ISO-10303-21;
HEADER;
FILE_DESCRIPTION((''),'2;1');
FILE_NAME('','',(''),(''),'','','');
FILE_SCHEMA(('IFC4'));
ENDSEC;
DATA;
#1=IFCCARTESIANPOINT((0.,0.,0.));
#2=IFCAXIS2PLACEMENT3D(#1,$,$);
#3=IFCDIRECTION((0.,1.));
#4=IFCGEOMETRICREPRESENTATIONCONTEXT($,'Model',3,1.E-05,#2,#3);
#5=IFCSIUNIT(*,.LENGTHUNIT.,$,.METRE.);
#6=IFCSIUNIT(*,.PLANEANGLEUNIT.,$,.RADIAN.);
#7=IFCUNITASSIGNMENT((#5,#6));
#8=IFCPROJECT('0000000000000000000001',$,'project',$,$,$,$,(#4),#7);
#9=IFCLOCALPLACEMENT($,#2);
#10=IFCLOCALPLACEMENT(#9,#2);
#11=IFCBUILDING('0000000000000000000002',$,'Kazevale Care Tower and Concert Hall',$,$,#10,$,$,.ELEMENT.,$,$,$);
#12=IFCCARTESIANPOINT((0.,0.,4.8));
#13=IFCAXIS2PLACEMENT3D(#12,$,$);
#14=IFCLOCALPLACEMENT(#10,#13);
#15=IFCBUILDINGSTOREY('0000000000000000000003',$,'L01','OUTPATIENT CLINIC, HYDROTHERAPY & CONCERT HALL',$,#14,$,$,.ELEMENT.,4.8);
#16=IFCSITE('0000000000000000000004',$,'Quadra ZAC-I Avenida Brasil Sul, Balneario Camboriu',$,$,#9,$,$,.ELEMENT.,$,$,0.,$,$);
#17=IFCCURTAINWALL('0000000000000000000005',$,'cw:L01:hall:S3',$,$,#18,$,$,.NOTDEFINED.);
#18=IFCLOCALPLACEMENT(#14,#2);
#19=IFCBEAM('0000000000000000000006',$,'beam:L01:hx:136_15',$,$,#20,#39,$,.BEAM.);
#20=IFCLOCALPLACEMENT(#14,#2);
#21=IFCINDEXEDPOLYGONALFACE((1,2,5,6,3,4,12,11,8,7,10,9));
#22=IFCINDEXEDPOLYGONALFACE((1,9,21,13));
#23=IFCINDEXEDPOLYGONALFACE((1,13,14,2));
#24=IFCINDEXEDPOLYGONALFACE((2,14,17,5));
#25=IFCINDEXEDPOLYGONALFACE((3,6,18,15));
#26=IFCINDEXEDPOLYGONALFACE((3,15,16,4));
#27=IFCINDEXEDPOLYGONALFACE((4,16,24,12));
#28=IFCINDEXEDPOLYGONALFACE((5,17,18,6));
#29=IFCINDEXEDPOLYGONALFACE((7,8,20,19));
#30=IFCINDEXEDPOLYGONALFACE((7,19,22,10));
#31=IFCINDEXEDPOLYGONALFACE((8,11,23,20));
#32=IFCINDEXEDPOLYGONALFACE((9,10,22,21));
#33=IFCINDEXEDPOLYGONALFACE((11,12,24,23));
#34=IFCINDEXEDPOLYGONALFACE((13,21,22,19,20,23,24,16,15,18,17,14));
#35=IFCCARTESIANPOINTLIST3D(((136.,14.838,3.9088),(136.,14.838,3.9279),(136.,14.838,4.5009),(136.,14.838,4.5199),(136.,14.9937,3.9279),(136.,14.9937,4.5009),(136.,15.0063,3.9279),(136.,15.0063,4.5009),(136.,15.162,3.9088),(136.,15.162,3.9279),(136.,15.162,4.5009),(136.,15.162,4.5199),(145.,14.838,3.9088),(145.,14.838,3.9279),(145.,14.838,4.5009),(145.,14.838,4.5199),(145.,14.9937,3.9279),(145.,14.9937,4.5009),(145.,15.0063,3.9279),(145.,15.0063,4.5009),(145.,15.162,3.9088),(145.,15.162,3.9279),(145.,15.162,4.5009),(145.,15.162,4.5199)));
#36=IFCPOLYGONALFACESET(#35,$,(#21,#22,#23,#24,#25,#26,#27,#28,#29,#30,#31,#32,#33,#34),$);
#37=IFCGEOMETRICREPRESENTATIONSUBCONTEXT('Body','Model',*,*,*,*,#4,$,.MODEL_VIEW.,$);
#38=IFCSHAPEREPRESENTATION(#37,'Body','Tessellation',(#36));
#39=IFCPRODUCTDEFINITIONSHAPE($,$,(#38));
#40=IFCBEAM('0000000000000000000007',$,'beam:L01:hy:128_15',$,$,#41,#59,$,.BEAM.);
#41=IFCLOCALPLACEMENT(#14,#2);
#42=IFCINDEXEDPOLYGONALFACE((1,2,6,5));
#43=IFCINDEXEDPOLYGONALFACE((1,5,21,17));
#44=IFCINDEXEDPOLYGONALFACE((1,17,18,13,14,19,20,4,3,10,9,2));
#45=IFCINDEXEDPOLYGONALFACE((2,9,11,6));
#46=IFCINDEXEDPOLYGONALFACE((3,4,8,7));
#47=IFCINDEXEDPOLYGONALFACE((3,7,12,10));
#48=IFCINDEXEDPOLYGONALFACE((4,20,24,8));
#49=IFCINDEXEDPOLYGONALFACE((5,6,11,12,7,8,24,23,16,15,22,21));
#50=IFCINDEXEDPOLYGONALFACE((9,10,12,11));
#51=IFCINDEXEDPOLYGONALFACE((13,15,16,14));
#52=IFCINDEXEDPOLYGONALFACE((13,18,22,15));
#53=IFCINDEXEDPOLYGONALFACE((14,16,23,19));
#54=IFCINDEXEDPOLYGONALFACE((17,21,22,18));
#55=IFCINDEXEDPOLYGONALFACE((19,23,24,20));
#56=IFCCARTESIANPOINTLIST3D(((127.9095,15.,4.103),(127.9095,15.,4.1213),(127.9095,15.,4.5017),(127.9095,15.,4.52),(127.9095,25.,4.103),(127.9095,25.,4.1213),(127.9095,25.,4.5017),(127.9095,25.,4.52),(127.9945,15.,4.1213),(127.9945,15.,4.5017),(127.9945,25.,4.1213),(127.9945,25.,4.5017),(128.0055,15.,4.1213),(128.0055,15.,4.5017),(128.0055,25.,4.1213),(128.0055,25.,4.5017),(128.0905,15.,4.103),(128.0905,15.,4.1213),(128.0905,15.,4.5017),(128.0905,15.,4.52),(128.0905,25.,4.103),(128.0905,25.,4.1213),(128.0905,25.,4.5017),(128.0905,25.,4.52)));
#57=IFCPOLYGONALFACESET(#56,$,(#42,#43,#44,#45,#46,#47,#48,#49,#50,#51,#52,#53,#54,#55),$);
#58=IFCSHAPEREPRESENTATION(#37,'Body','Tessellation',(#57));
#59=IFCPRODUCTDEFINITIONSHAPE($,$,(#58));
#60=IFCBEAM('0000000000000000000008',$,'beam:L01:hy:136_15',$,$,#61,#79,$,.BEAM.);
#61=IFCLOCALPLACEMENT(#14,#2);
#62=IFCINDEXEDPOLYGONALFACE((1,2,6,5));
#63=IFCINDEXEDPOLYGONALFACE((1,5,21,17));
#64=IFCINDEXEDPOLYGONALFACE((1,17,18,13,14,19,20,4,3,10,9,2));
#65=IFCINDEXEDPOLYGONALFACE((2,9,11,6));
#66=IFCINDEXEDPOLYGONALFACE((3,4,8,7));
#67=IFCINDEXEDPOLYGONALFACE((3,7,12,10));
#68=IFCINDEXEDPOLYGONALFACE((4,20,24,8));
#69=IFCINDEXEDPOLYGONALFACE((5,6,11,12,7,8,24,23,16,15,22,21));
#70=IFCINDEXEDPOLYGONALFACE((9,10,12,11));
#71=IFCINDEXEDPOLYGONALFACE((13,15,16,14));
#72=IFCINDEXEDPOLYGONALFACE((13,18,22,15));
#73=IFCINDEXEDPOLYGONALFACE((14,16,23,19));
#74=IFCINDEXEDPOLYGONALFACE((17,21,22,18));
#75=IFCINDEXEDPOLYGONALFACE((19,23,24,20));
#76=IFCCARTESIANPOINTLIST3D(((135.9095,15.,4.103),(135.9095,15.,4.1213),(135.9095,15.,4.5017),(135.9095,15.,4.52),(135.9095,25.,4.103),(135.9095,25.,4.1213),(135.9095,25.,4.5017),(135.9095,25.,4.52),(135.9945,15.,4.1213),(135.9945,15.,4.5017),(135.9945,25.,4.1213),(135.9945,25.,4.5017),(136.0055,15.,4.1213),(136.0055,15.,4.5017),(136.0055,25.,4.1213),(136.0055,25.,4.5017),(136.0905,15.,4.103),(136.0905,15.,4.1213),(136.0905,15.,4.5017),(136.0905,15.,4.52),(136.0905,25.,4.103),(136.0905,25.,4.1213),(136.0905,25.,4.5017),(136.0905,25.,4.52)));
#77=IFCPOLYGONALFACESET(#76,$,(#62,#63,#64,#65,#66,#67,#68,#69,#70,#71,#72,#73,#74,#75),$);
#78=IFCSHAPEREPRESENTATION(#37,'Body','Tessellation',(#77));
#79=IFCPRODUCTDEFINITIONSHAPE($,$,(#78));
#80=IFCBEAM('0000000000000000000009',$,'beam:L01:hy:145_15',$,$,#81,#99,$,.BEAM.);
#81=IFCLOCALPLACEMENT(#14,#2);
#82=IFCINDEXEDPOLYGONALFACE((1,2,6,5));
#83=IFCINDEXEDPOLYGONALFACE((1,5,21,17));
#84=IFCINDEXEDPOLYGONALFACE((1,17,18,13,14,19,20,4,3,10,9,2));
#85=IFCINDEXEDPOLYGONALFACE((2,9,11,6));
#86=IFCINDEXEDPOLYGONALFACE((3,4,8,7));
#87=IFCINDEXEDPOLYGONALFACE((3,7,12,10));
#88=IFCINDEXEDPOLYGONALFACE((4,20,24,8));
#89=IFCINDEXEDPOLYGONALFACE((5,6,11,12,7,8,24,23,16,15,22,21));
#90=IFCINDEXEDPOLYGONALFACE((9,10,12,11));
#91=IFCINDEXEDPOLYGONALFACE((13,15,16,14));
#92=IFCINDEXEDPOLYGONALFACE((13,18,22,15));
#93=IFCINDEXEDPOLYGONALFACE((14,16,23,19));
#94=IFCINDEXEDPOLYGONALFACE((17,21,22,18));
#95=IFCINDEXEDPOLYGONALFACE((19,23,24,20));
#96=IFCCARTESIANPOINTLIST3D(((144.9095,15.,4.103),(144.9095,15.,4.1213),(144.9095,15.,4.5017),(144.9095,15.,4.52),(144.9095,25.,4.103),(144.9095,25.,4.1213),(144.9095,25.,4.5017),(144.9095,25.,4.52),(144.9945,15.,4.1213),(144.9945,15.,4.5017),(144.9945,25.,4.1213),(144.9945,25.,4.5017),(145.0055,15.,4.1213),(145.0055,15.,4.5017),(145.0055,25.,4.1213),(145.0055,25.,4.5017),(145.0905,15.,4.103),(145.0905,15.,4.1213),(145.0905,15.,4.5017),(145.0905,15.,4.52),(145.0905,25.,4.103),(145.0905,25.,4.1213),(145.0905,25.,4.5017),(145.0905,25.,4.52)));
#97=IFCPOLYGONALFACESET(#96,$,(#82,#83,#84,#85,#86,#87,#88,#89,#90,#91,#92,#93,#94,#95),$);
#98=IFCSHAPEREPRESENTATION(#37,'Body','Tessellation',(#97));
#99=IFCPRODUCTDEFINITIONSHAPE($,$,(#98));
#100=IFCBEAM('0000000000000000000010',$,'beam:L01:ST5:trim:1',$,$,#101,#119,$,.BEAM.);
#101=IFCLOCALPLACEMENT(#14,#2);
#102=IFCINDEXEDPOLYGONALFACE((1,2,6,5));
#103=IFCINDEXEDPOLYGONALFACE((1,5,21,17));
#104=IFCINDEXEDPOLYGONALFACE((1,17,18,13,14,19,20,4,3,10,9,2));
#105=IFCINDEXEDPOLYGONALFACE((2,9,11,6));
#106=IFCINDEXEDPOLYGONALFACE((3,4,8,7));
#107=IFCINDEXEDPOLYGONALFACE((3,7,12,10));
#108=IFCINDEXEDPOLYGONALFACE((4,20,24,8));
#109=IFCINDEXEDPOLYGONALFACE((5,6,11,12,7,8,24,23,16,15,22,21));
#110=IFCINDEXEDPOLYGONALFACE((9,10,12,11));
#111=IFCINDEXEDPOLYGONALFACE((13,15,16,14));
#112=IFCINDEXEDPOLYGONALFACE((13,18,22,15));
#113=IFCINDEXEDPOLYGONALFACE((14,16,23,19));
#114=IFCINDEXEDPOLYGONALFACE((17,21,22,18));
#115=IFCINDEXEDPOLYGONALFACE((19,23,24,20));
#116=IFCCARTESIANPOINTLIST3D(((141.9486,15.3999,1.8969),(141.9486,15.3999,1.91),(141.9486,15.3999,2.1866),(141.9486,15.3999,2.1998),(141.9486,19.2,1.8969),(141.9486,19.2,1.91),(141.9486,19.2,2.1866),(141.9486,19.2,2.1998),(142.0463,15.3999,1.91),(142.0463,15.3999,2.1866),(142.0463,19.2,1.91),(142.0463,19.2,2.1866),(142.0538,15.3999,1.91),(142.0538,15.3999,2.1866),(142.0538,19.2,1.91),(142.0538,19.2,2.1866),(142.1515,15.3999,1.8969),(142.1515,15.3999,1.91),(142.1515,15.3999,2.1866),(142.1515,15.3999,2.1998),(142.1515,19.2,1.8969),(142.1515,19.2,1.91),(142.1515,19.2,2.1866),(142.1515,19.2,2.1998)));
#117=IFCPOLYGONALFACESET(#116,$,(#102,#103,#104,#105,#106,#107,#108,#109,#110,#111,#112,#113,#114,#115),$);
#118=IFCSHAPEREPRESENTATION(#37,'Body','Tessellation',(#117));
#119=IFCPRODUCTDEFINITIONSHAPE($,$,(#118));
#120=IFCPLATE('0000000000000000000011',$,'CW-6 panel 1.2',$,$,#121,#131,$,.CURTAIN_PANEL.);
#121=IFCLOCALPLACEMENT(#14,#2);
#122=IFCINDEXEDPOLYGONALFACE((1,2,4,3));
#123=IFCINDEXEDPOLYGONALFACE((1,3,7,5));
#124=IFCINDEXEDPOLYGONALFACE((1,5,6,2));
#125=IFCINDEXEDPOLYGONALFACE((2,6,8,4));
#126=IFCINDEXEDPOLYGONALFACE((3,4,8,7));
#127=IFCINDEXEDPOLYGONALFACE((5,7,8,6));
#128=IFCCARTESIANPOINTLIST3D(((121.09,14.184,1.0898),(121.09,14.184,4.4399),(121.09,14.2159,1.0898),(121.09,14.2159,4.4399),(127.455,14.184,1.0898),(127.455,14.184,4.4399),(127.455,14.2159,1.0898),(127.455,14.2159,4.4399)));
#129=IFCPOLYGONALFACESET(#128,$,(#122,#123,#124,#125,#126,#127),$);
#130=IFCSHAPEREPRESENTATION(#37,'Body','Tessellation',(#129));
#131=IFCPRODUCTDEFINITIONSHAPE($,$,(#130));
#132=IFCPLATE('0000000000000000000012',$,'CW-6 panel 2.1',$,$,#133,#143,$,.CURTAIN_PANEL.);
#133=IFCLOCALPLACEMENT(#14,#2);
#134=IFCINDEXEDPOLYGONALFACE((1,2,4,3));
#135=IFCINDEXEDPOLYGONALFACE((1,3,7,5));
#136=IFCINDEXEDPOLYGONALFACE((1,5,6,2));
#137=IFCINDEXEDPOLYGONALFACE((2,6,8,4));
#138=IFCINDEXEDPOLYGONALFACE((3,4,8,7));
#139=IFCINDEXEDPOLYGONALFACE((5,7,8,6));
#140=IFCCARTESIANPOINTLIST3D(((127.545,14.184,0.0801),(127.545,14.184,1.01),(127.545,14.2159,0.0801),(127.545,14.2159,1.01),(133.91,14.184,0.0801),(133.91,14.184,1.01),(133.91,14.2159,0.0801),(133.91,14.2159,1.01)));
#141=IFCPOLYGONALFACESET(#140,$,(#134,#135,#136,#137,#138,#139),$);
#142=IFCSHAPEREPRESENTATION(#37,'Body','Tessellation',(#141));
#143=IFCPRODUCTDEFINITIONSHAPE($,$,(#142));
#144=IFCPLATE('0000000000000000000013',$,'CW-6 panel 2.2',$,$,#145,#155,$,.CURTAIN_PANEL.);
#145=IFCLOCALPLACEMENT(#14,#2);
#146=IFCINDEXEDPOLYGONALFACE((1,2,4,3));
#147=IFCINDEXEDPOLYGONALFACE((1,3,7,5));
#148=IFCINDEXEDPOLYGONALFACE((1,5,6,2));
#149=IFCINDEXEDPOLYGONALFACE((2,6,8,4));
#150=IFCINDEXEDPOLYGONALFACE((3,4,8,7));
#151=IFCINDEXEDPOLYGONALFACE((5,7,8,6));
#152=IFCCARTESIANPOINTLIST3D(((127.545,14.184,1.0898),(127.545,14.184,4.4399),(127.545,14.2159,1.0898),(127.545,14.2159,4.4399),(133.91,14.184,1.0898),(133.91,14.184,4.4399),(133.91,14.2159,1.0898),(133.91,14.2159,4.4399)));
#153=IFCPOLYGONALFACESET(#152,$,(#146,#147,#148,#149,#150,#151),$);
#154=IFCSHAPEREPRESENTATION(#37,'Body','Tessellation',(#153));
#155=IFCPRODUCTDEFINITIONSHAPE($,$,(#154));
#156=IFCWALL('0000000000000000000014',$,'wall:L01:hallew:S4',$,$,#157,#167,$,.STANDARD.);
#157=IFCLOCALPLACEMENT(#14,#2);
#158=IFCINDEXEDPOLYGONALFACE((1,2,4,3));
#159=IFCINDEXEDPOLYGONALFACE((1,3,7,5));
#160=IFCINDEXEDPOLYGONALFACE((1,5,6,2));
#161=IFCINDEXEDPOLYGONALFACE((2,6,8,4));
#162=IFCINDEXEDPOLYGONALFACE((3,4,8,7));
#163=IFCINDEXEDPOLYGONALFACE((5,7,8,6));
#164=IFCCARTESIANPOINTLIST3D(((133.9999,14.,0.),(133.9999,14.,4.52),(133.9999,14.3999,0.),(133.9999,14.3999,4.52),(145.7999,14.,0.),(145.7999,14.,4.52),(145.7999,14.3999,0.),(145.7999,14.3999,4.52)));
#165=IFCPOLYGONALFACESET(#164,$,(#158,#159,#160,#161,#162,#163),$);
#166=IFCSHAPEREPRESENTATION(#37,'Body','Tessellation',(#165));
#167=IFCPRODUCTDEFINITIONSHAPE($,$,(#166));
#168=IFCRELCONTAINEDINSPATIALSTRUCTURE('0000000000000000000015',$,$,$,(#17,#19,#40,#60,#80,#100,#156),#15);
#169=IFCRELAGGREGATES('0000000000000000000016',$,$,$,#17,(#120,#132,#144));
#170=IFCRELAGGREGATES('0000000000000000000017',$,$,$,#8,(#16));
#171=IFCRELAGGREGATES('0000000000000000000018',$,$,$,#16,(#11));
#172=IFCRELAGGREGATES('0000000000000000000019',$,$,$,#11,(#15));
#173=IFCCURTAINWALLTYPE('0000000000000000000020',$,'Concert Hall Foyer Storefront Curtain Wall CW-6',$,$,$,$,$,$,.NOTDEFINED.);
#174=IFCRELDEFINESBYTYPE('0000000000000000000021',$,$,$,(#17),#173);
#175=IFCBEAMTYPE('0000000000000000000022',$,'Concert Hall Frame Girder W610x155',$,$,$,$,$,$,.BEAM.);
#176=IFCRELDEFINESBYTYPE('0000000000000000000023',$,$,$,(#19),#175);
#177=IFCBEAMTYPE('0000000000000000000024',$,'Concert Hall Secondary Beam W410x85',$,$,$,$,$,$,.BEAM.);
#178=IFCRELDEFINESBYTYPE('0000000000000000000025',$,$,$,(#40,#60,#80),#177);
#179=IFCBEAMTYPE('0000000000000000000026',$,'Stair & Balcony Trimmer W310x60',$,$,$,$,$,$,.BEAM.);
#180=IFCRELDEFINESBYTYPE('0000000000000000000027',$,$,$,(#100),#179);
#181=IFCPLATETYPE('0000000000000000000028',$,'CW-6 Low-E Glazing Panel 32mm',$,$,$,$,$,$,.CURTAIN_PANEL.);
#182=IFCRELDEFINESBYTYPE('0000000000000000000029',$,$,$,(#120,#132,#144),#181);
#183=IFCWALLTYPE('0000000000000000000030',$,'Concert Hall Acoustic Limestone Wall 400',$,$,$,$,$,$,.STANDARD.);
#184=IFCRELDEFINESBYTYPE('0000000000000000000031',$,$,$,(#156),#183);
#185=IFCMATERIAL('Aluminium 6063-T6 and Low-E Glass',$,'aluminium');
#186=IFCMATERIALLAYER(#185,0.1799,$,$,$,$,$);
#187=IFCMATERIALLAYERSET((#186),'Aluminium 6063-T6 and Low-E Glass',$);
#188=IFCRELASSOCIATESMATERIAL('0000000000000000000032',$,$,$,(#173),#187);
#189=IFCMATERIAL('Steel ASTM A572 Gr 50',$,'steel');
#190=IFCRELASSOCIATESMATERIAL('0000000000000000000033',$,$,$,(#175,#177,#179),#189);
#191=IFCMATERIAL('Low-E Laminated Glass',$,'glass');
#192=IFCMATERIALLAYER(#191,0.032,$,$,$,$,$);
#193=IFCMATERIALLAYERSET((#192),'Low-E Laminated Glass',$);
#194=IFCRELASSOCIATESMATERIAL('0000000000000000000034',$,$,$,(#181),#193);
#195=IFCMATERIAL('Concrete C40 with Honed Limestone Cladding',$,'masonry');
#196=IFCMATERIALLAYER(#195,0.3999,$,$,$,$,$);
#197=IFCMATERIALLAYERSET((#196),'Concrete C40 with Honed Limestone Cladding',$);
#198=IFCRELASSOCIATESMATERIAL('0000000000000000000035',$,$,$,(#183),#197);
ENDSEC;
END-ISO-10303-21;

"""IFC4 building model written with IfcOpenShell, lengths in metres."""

from ifc_helpers import new_model, si_unit, direction, frame, frame_2d, origin, origin_2d, place, context, subcontext, project, spatial, rectangle, i_section, extrude, material, layer, layer_set, material_profile, profile_set, type_object, element, aggregate, save


model = new_model("IFC4")

# Units and contexts
model_context = context("Model", 3, precision=1e-05, world=origin(), true_north=direction((0.0, 1.0)))
body_context = subcontext(model_context, "Body", "Model", "MODEL_VIEW")
ifc_project = project(units=[si_unit("LENGTHUNIT", "METRE"), si_unit("PLANEANGLEUNIT", "RADIAN")], contexts=[model_context])

# Site, building, storey
site_placement = place(None, origin())
site = spatial("IfcSite", under=ifc_project, at=site_placement, Name="Quadra ZAC-I Avenida Brasil Sul, Balneario Camboriu", CompositionType="ELEMENT", RefElevation=0.0)
building_placement = place(site_placement, origin())
building = spatial("IfcBuilding", under=site, at=building_placement, Name="Kazevale Care Tower and Concert Hall", CompositionType="ELEMENT")
storey_placement = place(building_placement, frame((0.0, 0.0, 4.8)))
storey = spatial("IfcBuildingStorey", under=building, at=storey_placement, Name="L01", Description="OUTPATIENT CLINIC, HYDROTHERAPY & CONCERT HALL", CompositionType="ELEMENT", Elevation=4.8)

# Curtain wall
ifc_material_1 = material(Name="Aluminium 6063-T6 and Low-E Glass", Category="aluminium")
ifc_layer_1 = layer(ifc_material_1, 0.1799)
ifc_layer_set_1 = layer_set([ifc_layer_1], Name="Aluminium 6063-T6 and Low-E Glass")
curtain_wall_type = type_object("IfcCurtainWallType", Name="Concert Hall Foyer Storefront Curtain Wall CW-6", PredefinedType="NOTDEFINED", material=ifc_layer_set_1)
curtain_wall_placement = place(storey_placement, origin())
curtain_wall = element("IfcCurtainWall", 1, at=curtain_wall_placement, inside=storey, type_object=curtain_wall_type, Name="cw:L01:hall:S3", PredefinedType="NOTDEFINED")

# Beams
ifc_material_2 = material(Name="Steel ASTM A572 Gr 50", Category="steel")
ifc_material_profile_1 = material_profile(ifc_material_2, i_section(OverallWidth=0.324, OverallDepth=0.6111, WebThickness=0.0127, FlangeThickness=0.019, at=origin_2d()), Name="W610x155")
ifc_profile_set_1 = profile_set([ifc_material_profile_1], Name="Steel ASTM A572 Gr 50")
beam_type_1 = type_object("IfcBeamType", Name="Concert Hall Frame Girder W610x155", PredefinedType="BEAM", material=ifc_profile_set_1)
beam_1_placement = place(storey_placement, frame((136.0, 15.0, 4.2144), z_axis=(1.0, 0.0, 0.0), x_axis=(0.0, 1.0, 0.0)))
element("IfcBeam", 2, at=beam_1_placement, inside=storey, type_object=beam_type_1, Name="beam:L01:hx:136_15", PredefinedType="BEAM", context=body_context, shape_type="SweptSolid", body=[
    extrude(i_section(OverallWidth=0.324, OverallDepth=0.6111, WebThickness=0.0127, FlangeThickness=0.019, at=origin_2d()), origin(), (0.0, 0.0, 1.0), 9.0),
])
ifc_material_profile_2 = material_profile(ifc_material_2, i_section(OverallWidth=0.1809, OverallDepth=0.417, WebThickness=0.011, FlangeThickness=0.0183, at=origin_2d()), Name="W410x85")
ifc_profile_set_2 = profile_set([ifc_material_profile_2], Name="Steel ASTM A572 Gr 50")
beam_type_2 = type_object("IfcBeamType", Name="Concert Hall Secondary Beam W410x85", PredefinedType="BEAM", material=ifc_profile_set_2)
for number, where, z_axis, x_axis, name in (
    (3, (128.0, 15.0, 4.3115), (0.0, 1.0, 0.0), (-1.0, 0.0, 0.0), "beam:L01:hy:128_15"),
    (4, (136.0, 15.0, 4.3115), (0.0, 1.0, 0.0), (-1.0, 0.0, 0.0), "beam:L01:hy:136_15"),
    (5, (145.0, 15.0, 4.3115), (0.0, 1.0, 0.0), (-1.0, 0.0, 0.0), "beam:L01:hy:145_15"),
):
    element("IfcBeam", number, at=place(storey_placement, frame(where, z_axis=z_axis, x_axis=x_axis)), inside=storey, type_object=beam_type_2, Name=name, PredefinedType="BEAM", context=body_context, shape_type="SweptSolid", body=[
        extrude(i_section(OverallWidth=0.1809, OverallDepth=0.417, WebThickness=0.011, FlangeThickness=0.0183, at=origin_2d()), origin(), (0.0, 0.0, 1.0), 10.0),
    ])
ifc_material_profile_3 = material_profile(ifc_material_2, i_section(OverallWidth=0.2029, OverallDepth=0.303, WebThickness=0.0076, FlangeThickness=0.0132, at=origin_2d()), Name="W310x60")
ifc_profile_set_3 = profile_set([ifc_material_profile_3], Name="Steel ASTM A572 Gr 50")
beam_type_3 = type_object("IfcBeamType", Name="Stair & Balcony Trimmer W310x60", PredefinedType="BEAM", material=ifc_profile_set_3)
beam_2_placement = place(storey_placement, frame((142.05, 15.3999, 2.0483), z_axis=(0.0, 1.0, 0.0), x_axis=(-1.0, 0.0, 0.0)))
element("IfcBeam", 6, at=beam_2_placement, inside=storey, type_object=beam_type_3, Name="beam:L01:ST5:trim:1", PredefinedType="BEAM", context=body_context, shape_type="SweptSolid", body=[
    extrude(i_section(OverallWidth=0.2029, OverallDepth=0.303, WebThickness=0.0076, FlangeThickness=0.0132, at=origin_2d()), origin(), (0.0, 0.0, 1.0), 3.8),
])

# Plates
ifc_material_3 = material(Name="Low-E Laminated Glass", Category="glass")
ifc_layer_2 = layer(ifc_material_3, 0.032)
ifc_layer_set_2 = layer_set([ifc_layer_2], Name="Low-E Laminated Glass")
plate_type = type_object("IfcPlateType", Name="CW-6 Low-E Glazing Panel 32mm", PredefinedType="CURTAIN_PANEL", material=ifc_layer_set_2)
plate_1_placement = place(storey_placement, frame((124.2725, 14.2, 1.0898), z_axis=(0.0, 0.0, 1.0), x_axis=(1.0, 0.0, 0.0)))
plate_1 = element("IfcPlate", 7, at=plate_1_placement, type_object=plate_type, Name="CW-6 panel 1.2", PredefinedType="CURTAIN_PANEL", context=body_context, shape_type="SweptSolid", body=[
    extrude(rectangle(XDim=6.365, YDim=0.032, at=origin_2d()), origin(), (0.0, 0.0, 1.0), 3.3501),
])
plate_2_placement = place(storey_placement, frame((130.7275, 14.2, 0.0801), z_axis=(0.0, 0.0, 1.0), x_axis=(1.0, 0.0, 0.0)))
plate_2 = element("IfcPlate", 8, at=plate_2_placement, type_object=plate_type, Name="CW-6 panel 2.1", PredefinedType="CURTAIN_PANEL", context=body_context, shape_type="SweptSolid", body=[
    extrude(rectangle(XDim=6.365, YDim=0.032, at=origin_2d()), origin(), (0.0, 0.0, 1.0), 0.9299),
])
plate_3_placement = place(storey_placement, frame((130.7275, 14.2, 1.0898), z_axis=(0.0, 0.0, 1.0), x_axis=(1.0, 0.0, 0.0)))
plate_3 = element("IfcPlate", 9, at=plate_3_placement, type_object=plate_type, Name="CW-6 panel 2.2", PredefinedType="CURTAIN_PANEL", context=body_context, shape_type="SweptSolid", body=[
    extrude(rectangle(XDim=6.365, YDim=0.032, at=origin_2d()), origin(), (0.0, 0.0, 1.0), 3.3501),
])
aggregate(curtain_wall, [plate_1, plate_2, plate_3])

# Wall
ifc_material_4 = material(Name="Concrete C40 with Honed Limestone Cladding", Category="masonry")
ifc_layer_3 = layer(ifc_material_4, 0.3999)
ifc_layer_set_3 = layer_set([ifc_layer_3], Name="Concrete C40 with Honed Limestone Cladding")
wall_type_1 = type_object("IfcWallType", Name="Concert Hall Acoustic Limestone Wall 400", PredefinedType="STANDARD", material=ifc_layer_set_3)
wall_1_placement = place(storey_placement, frame((134.0, 14.2, 0.0), z_axis=(0.0, 0.0, 1.0), x_axis=(1.0, 0.0, 0.0)))
element("IfcWall", 10, at=wall_1_placement, inside=storey, type_object=wall_type_1, Name="wall:L01:hallew:S4", PredefinedType="STANDARD", context=body_context, shape_type="SweptSolid", body=[
    extrude(rectangle(XDim=11.8, YDim=0.3999, at=frame_2d((5.8999, 0.0))), origin(), (0.0, 0.0, 1.0), 4.52),
])

save(model, "model.ifc")
